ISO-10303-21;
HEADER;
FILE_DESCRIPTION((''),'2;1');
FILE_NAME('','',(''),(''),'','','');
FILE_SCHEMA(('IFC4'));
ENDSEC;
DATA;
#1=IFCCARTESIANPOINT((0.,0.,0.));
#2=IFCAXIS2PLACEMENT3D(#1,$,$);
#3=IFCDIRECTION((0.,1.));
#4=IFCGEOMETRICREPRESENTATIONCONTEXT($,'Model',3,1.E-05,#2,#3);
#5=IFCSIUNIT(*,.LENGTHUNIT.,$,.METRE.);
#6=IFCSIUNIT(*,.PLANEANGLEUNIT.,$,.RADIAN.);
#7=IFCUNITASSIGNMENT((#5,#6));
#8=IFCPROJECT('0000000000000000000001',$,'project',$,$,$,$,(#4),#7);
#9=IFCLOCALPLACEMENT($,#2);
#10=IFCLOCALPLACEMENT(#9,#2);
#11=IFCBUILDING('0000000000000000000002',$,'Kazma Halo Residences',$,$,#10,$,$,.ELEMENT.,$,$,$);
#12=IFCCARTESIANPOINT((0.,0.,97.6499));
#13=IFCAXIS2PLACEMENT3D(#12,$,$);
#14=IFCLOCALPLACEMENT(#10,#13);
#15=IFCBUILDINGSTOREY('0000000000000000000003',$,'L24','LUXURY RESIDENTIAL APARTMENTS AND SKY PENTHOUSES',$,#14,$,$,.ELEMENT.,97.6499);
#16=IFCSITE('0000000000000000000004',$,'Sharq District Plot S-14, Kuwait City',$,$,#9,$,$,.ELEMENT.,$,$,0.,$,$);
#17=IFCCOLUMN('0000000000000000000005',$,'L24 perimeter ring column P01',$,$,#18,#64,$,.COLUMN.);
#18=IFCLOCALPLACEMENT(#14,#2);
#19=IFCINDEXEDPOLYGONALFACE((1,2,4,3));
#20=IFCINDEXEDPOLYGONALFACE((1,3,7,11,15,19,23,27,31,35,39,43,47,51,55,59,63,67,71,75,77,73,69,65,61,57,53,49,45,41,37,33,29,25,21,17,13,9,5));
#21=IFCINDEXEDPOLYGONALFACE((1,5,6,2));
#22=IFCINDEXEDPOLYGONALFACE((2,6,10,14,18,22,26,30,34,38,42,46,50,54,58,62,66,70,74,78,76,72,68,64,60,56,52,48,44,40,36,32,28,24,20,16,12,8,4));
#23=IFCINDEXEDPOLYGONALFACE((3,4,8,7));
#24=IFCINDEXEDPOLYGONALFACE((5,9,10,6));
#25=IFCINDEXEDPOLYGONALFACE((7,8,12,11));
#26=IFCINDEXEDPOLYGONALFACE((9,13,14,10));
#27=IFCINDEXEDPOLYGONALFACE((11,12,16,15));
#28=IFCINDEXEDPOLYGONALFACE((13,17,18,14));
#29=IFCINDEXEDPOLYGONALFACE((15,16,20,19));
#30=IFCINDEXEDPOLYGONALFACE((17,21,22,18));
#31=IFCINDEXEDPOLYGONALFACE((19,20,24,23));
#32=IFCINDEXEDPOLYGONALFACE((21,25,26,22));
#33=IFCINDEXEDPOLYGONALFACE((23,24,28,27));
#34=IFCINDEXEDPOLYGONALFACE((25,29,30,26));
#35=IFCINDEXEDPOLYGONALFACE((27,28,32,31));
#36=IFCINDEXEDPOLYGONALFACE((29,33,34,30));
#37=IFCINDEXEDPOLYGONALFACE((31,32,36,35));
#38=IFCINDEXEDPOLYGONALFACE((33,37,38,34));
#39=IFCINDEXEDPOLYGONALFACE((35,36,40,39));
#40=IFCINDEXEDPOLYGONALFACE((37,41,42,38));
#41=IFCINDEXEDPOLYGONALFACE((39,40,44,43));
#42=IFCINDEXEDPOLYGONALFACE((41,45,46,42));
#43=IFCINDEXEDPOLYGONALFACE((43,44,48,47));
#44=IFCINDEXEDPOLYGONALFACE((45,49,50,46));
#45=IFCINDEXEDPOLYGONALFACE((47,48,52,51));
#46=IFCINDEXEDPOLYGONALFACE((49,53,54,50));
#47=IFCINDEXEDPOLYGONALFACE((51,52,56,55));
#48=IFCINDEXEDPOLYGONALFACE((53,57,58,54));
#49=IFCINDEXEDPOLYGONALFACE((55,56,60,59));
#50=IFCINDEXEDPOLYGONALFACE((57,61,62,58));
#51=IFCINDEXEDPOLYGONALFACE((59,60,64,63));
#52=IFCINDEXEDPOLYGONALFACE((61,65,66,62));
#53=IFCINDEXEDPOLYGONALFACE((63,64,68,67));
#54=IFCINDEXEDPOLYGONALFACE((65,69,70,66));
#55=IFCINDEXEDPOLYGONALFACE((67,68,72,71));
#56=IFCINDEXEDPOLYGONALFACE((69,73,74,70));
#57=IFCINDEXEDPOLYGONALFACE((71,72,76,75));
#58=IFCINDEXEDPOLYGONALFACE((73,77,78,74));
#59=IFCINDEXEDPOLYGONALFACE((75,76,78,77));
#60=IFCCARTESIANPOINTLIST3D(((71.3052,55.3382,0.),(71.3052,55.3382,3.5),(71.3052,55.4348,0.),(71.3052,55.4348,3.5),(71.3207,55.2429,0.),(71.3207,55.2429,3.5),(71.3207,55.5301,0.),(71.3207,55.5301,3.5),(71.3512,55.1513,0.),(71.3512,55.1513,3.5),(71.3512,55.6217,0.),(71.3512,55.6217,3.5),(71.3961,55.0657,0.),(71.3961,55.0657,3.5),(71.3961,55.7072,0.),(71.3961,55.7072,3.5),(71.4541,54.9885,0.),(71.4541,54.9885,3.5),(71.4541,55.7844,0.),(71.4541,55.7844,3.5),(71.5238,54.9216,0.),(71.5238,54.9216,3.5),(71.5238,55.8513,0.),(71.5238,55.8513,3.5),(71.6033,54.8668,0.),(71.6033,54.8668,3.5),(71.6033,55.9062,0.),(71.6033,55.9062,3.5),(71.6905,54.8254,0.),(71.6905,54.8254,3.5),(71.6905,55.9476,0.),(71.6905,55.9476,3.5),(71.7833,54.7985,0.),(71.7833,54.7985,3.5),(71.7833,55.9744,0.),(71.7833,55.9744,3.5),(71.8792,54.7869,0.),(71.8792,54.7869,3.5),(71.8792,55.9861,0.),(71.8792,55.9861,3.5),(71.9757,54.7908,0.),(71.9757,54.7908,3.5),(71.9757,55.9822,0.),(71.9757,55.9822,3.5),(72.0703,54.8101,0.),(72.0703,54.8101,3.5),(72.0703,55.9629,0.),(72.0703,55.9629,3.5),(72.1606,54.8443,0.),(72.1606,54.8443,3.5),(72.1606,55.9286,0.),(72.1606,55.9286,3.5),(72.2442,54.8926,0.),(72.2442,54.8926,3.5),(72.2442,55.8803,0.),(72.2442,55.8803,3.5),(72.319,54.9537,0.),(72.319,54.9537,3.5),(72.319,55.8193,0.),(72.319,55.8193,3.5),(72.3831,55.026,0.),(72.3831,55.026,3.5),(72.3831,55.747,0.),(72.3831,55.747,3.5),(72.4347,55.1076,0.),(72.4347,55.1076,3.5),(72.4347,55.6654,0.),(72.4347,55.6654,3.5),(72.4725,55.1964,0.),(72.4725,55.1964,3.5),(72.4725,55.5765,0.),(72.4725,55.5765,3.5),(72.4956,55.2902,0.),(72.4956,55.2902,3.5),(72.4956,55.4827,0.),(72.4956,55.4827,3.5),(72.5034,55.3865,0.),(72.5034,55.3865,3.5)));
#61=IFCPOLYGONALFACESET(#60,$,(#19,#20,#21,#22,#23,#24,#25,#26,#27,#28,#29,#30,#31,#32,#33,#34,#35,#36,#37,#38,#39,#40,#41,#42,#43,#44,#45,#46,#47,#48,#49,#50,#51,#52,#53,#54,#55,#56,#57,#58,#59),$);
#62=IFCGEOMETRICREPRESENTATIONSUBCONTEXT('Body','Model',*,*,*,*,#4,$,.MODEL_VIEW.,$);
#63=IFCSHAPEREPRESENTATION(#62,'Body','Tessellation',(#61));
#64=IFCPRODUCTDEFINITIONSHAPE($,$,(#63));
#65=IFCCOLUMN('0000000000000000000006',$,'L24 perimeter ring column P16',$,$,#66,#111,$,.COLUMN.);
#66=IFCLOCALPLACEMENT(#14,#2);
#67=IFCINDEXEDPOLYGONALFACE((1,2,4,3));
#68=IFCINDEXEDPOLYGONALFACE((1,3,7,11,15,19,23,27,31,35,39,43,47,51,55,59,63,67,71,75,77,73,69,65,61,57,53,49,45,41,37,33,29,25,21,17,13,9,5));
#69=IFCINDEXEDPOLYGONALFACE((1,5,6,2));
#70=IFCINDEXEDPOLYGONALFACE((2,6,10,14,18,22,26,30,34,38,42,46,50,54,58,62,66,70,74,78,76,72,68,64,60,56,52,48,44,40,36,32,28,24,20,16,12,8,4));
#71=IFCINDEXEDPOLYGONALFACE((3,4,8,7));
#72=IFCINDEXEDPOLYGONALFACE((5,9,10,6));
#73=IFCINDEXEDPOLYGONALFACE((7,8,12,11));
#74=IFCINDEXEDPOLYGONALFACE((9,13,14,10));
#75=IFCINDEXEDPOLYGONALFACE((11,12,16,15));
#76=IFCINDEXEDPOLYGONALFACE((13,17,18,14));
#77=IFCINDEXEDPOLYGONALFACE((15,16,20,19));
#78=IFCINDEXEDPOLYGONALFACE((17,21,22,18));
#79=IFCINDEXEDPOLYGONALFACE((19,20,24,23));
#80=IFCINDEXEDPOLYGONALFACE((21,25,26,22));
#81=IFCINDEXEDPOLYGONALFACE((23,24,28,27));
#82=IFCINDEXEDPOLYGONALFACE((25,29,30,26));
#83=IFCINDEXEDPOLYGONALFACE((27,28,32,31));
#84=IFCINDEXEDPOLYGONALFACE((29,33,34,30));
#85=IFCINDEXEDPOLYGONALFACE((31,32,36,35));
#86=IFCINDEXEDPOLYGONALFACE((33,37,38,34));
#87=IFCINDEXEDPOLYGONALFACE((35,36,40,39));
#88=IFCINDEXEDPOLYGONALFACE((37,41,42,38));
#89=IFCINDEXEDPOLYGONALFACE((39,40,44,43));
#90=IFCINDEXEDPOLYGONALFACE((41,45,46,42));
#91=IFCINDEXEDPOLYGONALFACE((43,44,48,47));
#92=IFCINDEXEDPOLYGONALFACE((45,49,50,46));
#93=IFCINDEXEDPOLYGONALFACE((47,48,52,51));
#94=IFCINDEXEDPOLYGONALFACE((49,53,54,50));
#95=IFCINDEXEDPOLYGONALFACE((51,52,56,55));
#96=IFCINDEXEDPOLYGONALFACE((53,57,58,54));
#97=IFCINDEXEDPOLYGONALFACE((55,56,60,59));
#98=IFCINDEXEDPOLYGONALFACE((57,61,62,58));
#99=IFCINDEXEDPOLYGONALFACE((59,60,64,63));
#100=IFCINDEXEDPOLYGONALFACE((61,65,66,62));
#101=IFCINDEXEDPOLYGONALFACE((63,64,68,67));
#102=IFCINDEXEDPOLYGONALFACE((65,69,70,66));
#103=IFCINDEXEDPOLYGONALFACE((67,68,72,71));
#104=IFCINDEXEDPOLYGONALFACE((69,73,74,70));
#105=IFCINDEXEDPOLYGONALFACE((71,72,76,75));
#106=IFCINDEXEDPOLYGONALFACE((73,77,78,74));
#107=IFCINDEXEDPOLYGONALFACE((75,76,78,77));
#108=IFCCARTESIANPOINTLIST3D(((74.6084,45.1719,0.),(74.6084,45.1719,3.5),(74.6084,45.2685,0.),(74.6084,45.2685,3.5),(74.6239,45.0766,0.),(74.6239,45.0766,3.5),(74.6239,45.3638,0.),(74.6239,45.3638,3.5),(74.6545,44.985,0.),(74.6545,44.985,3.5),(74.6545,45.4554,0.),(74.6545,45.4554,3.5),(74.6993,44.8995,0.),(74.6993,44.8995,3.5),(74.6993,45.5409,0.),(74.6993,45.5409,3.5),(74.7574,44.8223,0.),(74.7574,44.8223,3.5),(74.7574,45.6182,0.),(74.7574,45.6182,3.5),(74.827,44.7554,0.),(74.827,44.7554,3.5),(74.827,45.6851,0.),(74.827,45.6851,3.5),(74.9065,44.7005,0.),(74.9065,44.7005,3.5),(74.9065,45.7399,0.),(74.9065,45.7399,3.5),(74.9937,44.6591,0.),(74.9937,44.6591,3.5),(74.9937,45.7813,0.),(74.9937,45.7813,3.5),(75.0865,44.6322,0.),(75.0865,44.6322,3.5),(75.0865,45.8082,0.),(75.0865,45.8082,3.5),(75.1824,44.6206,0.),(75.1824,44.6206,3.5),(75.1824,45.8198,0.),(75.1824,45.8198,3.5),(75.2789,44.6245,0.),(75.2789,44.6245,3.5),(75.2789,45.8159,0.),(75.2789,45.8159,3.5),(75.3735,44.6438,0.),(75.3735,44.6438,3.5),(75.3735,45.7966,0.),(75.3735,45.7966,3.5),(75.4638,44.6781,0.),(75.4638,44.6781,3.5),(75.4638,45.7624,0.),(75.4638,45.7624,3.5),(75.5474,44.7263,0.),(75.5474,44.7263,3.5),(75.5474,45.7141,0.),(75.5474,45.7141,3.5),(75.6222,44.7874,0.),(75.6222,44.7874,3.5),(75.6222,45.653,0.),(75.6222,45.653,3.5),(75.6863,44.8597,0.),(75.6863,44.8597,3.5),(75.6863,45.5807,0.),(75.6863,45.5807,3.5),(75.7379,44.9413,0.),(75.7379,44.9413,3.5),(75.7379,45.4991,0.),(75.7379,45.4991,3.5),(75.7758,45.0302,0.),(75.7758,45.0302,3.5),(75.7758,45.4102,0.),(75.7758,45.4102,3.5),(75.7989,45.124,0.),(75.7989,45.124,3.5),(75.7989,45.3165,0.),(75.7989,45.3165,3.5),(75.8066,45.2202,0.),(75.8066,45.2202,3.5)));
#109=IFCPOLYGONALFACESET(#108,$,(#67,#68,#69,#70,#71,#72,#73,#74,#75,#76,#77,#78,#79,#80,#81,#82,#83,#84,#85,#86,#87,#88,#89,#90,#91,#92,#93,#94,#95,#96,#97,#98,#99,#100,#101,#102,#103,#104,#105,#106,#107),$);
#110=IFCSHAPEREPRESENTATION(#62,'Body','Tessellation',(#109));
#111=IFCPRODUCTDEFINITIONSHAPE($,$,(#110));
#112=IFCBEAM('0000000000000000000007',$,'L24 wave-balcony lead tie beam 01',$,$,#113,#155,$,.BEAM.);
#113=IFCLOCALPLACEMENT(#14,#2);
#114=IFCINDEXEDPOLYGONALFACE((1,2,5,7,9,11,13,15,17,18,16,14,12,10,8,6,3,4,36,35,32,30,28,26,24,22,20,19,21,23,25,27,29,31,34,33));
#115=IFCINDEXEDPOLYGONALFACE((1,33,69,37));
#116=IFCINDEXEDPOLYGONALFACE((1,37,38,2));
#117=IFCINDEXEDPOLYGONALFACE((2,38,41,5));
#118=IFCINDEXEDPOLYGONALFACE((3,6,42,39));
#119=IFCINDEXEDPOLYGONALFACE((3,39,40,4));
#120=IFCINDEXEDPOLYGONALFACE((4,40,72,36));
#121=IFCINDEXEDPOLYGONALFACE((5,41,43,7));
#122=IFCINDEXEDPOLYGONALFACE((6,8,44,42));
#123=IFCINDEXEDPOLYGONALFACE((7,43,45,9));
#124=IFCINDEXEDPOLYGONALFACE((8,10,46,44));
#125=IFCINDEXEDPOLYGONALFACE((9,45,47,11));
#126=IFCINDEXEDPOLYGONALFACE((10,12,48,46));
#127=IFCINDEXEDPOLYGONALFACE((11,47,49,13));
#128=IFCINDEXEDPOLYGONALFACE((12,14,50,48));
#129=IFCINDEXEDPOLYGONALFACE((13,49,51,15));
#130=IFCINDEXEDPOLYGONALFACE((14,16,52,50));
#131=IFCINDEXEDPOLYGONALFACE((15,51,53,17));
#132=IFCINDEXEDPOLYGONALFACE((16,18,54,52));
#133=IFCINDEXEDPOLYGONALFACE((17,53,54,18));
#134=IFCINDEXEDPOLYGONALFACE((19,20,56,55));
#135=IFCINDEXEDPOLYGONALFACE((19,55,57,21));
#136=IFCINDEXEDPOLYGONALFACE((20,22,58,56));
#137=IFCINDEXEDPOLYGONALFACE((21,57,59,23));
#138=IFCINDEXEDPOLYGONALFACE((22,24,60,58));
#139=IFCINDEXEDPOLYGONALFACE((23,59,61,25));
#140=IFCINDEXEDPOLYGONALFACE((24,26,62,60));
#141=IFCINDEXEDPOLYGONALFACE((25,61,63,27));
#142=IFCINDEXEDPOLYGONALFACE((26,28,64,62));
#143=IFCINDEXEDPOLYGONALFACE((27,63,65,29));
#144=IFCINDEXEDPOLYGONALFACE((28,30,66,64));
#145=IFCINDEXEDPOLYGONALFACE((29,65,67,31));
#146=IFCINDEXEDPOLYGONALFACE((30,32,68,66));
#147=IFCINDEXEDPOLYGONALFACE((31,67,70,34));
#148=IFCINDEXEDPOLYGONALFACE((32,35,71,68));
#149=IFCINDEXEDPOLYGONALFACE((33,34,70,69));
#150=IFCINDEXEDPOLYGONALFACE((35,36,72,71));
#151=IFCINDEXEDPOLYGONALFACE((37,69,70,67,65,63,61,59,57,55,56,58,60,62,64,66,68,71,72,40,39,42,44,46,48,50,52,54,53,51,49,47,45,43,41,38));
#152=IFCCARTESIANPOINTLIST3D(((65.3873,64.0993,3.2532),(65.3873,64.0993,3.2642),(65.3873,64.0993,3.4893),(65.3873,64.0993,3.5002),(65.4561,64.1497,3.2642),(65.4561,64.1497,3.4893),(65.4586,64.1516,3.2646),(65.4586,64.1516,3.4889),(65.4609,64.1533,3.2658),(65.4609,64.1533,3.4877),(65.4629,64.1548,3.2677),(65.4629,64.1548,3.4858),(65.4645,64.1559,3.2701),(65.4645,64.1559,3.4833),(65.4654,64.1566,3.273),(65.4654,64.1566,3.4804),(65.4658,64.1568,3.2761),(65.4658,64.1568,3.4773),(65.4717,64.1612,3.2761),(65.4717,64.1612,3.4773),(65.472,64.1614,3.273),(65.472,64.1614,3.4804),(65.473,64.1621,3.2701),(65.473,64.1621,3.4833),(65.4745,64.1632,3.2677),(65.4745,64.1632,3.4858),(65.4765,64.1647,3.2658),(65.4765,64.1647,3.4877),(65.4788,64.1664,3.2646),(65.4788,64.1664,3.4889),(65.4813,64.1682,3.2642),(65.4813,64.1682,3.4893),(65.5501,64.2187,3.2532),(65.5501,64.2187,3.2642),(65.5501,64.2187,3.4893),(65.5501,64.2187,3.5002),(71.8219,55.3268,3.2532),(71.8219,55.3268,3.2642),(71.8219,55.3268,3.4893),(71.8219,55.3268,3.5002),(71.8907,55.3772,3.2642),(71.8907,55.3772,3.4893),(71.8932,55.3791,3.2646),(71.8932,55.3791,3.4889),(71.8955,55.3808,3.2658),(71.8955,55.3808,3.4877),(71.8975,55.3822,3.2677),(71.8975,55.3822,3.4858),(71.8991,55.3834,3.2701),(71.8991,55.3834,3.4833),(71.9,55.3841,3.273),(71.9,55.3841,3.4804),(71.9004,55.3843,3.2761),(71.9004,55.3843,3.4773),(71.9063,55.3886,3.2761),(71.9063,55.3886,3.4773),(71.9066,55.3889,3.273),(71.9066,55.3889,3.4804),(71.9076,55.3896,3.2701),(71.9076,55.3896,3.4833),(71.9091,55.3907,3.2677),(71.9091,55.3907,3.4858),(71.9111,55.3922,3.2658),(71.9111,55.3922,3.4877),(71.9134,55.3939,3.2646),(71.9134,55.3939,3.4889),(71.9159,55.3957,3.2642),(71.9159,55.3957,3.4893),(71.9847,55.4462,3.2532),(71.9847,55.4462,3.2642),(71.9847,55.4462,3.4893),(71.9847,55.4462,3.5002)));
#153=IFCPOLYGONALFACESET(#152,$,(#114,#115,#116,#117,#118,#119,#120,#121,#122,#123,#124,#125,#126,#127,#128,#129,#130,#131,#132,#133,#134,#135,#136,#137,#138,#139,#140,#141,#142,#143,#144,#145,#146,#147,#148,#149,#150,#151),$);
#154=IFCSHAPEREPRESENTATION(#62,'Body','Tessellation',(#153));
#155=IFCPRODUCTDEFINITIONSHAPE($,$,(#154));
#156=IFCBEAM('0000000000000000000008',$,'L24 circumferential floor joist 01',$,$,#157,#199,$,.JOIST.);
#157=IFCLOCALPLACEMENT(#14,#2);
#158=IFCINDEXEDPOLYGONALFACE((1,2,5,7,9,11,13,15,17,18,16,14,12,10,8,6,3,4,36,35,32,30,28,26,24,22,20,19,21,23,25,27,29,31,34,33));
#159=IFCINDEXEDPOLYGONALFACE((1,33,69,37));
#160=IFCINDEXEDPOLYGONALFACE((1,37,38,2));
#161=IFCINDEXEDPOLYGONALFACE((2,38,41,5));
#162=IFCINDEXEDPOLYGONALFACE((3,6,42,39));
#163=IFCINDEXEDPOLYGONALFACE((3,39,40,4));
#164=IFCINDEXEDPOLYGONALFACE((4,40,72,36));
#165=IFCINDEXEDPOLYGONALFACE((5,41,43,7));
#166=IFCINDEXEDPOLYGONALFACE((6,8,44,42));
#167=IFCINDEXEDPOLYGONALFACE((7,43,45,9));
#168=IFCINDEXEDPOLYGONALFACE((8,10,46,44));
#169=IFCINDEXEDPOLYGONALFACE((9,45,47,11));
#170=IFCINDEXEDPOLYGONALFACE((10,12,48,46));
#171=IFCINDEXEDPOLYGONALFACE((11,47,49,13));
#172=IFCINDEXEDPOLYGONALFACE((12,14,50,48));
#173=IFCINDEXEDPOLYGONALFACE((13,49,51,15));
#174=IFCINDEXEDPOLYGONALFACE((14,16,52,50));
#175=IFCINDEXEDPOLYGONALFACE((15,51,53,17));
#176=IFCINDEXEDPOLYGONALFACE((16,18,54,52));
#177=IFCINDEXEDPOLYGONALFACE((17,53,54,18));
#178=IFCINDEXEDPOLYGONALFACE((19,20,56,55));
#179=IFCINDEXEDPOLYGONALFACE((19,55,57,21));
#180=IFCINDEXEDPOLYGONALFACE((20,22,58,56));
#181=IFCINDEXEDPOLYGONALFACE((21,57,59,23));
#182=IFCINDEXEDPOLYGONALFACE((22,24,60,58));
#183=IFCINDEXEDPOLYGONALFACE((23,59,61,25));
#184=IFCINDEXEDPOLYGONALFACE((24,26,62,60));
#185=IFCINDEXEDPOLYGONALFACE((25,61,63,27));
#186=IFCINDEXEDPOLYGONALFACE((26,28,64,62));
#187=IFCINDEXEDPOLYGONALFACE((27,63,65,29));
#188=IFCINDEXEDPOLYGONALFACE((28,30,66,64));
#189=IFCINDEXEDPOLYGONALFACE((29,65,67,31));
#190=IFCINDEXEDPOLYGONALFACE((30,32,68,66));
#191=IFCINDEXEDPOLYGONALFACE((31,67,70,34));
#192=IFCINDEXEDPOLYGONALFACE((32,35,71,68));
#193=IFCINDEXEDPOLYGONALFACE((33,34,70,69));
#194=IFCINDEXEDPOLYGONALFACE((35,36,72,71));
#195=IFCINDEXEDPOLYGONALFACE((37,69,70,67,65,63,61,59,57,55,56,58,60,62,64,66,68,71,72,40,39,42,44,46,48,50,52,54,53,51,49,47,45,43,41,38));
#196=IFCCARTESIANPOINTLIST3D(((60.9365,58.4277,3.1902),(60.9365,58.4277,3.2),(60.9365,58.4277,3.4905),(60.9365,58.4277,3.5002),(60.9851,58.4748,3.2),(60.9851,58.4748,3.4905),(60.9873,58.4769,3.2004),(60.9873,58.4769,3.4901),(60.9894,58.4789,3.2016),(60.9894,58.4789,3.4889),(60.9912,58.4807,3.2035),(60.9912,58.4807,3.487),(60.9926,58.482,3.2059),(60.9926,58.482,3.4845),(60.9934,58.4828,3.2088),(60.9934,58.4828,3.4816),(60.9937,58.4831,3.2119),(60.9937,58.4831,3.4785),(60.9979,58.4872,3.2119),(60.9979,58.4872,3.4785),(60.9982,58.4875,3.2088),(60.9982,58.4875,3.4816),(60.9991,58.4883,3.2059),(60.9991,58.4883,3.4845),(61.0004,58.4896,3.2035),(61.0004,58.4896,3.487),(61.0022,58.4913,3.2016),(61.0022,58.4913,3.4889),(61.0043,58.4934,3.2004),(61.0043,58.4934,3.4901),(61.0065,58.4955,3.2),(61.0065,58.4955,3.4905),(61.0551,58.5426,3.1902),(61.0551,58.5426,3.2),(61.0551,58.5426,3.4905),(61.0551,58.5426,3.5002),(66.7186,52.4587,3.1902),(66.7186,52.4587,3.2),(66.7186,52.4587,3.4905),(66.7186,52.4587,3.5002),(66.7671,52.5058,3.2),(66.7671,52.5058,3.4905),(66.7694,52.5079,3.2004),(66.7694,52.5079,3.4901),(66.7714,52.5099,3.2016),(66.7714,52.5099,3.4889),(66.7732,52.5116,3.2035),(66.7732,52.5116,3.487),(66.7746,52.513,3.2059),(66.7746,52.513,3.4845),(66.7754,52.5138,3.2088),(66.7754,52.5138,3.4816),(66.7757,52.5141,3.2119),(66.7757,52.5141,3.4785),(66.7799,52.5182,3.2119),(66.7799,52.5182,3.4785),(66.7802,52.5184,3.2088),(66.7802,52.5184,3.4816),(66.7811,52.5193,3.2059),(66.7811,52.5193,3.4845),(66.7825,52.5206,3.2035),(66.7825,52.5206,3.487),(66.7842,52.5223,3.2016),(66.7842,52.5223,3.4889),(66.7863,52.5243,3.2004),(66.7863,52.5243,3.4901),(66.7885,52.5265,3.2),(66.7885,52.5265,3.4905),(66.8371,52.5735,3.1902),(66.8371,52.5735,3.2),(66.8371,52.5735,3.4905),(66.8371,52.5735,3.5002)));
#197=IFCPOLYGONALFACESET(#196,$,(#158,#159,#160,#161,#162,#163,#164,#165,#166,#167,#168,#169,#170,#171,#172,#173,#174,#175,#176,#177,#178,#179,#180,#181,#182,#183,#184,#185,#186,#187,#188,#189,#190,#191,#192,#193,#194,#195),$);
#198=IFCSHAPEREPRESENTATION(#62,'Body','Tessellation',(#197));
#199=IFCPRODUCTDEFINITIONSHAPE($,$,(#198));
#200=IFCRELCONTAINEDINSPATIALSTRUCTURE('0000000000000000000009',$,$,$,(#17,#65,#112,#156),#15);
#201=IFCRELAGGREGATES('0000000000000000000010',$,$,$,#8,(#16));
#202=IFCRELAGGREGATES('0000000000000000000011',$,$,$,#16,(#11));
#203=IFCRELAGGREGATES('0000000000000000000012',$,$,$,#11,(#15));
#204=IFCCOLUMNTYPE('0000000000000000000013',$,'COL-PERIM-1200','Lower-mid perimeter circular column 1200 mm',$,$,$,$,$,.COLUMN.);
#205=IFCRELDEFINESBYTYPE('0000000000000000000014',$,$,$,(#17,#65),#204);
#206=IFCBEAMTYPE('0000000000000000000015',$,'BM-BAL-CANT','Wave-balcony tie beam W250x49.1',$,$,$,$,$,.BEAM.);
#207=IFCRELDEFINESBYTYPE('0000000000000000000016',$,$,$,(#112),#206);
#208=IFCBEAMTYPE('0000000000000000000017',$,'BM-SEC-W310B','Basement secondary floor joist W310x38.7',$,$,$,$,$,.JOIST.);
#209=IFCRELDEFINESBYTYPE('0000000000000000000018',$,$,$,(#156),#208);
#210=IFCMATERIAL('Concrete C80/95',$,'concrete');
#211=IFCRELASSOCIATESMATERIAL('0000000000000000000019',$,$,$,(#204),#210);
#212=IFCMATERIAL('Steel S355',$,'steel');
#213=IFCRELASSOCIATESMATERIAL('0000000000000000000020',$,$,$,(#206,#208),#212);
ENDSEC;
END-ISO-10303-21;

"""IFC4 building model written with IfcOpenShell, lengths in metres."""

from ifc_helpers import new_model, si_unit, direction, frame, origin, origin_2d, place, context, subcontext, project, spatial, circle, i_section, extrude, material, material_profile, profile_set, type_object, element, save


model = new_model("IFC4")

# Units and contexts
model_context = context("Model", 3, precision=1e-05, world=origin(), true_north=direction((0.0, 1.0)))
body_context = subcontext(model_context, "Body", "Model", "MODEL_VIEW")
ifc_project = project(units=[si_unit("LENGTHUNIT", "METRE"), si_unit("PLANEANGLEUNIT", "RADIAN")], contexts=[model_context])

# Site, building, storey
site_placement = place(None, origin())
site = spatial("IfcSite", under=ifc_project, at=site_placement, Name="Sharq District Plot S-14, Kuwait City", CompositionType="ELEMENT", RefElevation=0.0)
building_placement = place(site_placement, origin())
building = spatial("IfcBuilding", under=site, at=building_placement, Name="Kazma Halo Residences", CompositionType="ELEMENT")
storey_placement = place(building_placement, frame((0.0, 0.0, 97.6499)))
storey = spatial("IfcBuildingStorey", under=building, at=storey_placement, Name="L24", Description="LUXURY RESIDENTIAL APARTMENTS AND SKY PENTHOUSES", CompositionType="ELEMENT", Elevation=97.6499)

# Columns
ifc_material_1 = material(Name="Concrete C80/95", Category="concrete")
ifc_material_profile_1 = material_profile(ifc_material_1, circle(Radius=0.6001, at=origin_2d()), Name="CIRC1200")
ifc_profile_set_1 = profile_set([ifc_material_profile_1], Name="Concrete C80/95")
column_type = type_object("IfcColumnType", Name="COL-PERIM-1200", Description="Lower-mid perimeter circular column 1200 mm", PredefinedType="COLUMN", material=ifc_profile_set_1)
for number, where, z_axis, x_axis, name in (
    (1, (71.9033, 55.3865, 0.0), (0.0, 0.0, 1.0), (1.0, 0.0, 0.0), "L24 perimeter ring column P01"),
    (2, (75.2065, 45.2202, 0.0), (0.0, 0.0, 1.0), (1.0, 0.0, 0.0), "L24 perimeter ring column P16"),
):
    element("IfcColumn", number, at=place(storey_placement, frame(where, z_axis=z_axis, x_axis=x_axis)), inside=storey, type_object=column_type, Name=name, PredefinedType="COLUMN", context=body_context, shape_type="SweptSolid", body=[
        extrude(circle(Radius=0.6001, at=origin_2d()), origin(), (0.0, 0.0, 1.0), 3.5),
    ])

# Beams
ifc_material_2 = material(Name="Steel S355", Category="steel")
ifc_material_profile_2 = material_profile(ifc_material_2, i_section(OverallWidth=0.2019, OverallDepth=0.2471, WebThickness=0.0073, FlangeThickness=0.011, FilletRadius=0.012, at=origin_2d()), Name="W250x49.1")
ifc_profile_set_2 = profile_set([ifc_material_profile_2], Name="Steel S355")
beam_type_1 = type_object("IfcBeamType", Name="BM-BAL-CANT", Description="Wave-balcony tie beam W250x49.1", PredefinedType="BEAM", material=ifc_profile_set_2)
beam_1_placement = place(storey_placement, frame((71.9033, 55.3865, 3.3767), z_axis=(-0.591449, 0.806342, 0.0), x_axis=(-0.806342, -0.591449, 0.0)))
element("IfcBeam", 3, at=beam_1_placement, inside=storey, type_object=beam_type_1, Name="L24 wave-balcony lead tie beam 01", PredefinedType="BEAM", context=body_context, shape_type="SweptSolid", body=[
    extrude(i_section(OverallWidth=0.2019, OverallDepth=0.2471, WebThickness=0.0073, FlangeThickness=0.011, FilletRadius=0.012, at=origin_2d()), origin(), (0.0, 0.0, 1.0), 10.8794),
])
ifc_material_profile_3 = material_profile(ifc_material_2, i_section(OverallWidth=0.165, OverallDepth=0.3101, WebThickness=0.0059, FlangeThickness=0.0098, FilletRadius=0.012, at=origin_2d()), Name="W310x38.7")
ifc_profile_set_3 = profile_set([ifc_material_profile_3], Name="Steel S355")
beam_type_2 = type_object("IfcBeamType", Name="BM-SEC-W310B", Description="Basement secondary floor joist W310x38.7", PredefinedType="JOIST", material=ifc_profile_set_3)
beam_2_placement = place(storey_placement, frame((66.7778, 52.5161, 3.3452), z_axis=(-0.695765, 0.718269, 0.0), x_axis=(-0.718269, -0.695765, 0.0)))
element("IfcBeam", 4, at=beam_2_placement, inside=storey, type_object=beam_type_2, Name="L24 circumferential floor joist 01", PredefinedType="JOIST", context=body_context, shape_type="SweptSolid", body=[
    extrude(i_section(OverallWidth=0.165, OverallDepth=0.3101, WebThickness=0.0059, FlangeThickness=0.0098, FilletRadius=0.012, at=origin_2d()), origin(), (0.0, 0.0, 1.0), 8.3103),
])

save(model, "model.ifc")
